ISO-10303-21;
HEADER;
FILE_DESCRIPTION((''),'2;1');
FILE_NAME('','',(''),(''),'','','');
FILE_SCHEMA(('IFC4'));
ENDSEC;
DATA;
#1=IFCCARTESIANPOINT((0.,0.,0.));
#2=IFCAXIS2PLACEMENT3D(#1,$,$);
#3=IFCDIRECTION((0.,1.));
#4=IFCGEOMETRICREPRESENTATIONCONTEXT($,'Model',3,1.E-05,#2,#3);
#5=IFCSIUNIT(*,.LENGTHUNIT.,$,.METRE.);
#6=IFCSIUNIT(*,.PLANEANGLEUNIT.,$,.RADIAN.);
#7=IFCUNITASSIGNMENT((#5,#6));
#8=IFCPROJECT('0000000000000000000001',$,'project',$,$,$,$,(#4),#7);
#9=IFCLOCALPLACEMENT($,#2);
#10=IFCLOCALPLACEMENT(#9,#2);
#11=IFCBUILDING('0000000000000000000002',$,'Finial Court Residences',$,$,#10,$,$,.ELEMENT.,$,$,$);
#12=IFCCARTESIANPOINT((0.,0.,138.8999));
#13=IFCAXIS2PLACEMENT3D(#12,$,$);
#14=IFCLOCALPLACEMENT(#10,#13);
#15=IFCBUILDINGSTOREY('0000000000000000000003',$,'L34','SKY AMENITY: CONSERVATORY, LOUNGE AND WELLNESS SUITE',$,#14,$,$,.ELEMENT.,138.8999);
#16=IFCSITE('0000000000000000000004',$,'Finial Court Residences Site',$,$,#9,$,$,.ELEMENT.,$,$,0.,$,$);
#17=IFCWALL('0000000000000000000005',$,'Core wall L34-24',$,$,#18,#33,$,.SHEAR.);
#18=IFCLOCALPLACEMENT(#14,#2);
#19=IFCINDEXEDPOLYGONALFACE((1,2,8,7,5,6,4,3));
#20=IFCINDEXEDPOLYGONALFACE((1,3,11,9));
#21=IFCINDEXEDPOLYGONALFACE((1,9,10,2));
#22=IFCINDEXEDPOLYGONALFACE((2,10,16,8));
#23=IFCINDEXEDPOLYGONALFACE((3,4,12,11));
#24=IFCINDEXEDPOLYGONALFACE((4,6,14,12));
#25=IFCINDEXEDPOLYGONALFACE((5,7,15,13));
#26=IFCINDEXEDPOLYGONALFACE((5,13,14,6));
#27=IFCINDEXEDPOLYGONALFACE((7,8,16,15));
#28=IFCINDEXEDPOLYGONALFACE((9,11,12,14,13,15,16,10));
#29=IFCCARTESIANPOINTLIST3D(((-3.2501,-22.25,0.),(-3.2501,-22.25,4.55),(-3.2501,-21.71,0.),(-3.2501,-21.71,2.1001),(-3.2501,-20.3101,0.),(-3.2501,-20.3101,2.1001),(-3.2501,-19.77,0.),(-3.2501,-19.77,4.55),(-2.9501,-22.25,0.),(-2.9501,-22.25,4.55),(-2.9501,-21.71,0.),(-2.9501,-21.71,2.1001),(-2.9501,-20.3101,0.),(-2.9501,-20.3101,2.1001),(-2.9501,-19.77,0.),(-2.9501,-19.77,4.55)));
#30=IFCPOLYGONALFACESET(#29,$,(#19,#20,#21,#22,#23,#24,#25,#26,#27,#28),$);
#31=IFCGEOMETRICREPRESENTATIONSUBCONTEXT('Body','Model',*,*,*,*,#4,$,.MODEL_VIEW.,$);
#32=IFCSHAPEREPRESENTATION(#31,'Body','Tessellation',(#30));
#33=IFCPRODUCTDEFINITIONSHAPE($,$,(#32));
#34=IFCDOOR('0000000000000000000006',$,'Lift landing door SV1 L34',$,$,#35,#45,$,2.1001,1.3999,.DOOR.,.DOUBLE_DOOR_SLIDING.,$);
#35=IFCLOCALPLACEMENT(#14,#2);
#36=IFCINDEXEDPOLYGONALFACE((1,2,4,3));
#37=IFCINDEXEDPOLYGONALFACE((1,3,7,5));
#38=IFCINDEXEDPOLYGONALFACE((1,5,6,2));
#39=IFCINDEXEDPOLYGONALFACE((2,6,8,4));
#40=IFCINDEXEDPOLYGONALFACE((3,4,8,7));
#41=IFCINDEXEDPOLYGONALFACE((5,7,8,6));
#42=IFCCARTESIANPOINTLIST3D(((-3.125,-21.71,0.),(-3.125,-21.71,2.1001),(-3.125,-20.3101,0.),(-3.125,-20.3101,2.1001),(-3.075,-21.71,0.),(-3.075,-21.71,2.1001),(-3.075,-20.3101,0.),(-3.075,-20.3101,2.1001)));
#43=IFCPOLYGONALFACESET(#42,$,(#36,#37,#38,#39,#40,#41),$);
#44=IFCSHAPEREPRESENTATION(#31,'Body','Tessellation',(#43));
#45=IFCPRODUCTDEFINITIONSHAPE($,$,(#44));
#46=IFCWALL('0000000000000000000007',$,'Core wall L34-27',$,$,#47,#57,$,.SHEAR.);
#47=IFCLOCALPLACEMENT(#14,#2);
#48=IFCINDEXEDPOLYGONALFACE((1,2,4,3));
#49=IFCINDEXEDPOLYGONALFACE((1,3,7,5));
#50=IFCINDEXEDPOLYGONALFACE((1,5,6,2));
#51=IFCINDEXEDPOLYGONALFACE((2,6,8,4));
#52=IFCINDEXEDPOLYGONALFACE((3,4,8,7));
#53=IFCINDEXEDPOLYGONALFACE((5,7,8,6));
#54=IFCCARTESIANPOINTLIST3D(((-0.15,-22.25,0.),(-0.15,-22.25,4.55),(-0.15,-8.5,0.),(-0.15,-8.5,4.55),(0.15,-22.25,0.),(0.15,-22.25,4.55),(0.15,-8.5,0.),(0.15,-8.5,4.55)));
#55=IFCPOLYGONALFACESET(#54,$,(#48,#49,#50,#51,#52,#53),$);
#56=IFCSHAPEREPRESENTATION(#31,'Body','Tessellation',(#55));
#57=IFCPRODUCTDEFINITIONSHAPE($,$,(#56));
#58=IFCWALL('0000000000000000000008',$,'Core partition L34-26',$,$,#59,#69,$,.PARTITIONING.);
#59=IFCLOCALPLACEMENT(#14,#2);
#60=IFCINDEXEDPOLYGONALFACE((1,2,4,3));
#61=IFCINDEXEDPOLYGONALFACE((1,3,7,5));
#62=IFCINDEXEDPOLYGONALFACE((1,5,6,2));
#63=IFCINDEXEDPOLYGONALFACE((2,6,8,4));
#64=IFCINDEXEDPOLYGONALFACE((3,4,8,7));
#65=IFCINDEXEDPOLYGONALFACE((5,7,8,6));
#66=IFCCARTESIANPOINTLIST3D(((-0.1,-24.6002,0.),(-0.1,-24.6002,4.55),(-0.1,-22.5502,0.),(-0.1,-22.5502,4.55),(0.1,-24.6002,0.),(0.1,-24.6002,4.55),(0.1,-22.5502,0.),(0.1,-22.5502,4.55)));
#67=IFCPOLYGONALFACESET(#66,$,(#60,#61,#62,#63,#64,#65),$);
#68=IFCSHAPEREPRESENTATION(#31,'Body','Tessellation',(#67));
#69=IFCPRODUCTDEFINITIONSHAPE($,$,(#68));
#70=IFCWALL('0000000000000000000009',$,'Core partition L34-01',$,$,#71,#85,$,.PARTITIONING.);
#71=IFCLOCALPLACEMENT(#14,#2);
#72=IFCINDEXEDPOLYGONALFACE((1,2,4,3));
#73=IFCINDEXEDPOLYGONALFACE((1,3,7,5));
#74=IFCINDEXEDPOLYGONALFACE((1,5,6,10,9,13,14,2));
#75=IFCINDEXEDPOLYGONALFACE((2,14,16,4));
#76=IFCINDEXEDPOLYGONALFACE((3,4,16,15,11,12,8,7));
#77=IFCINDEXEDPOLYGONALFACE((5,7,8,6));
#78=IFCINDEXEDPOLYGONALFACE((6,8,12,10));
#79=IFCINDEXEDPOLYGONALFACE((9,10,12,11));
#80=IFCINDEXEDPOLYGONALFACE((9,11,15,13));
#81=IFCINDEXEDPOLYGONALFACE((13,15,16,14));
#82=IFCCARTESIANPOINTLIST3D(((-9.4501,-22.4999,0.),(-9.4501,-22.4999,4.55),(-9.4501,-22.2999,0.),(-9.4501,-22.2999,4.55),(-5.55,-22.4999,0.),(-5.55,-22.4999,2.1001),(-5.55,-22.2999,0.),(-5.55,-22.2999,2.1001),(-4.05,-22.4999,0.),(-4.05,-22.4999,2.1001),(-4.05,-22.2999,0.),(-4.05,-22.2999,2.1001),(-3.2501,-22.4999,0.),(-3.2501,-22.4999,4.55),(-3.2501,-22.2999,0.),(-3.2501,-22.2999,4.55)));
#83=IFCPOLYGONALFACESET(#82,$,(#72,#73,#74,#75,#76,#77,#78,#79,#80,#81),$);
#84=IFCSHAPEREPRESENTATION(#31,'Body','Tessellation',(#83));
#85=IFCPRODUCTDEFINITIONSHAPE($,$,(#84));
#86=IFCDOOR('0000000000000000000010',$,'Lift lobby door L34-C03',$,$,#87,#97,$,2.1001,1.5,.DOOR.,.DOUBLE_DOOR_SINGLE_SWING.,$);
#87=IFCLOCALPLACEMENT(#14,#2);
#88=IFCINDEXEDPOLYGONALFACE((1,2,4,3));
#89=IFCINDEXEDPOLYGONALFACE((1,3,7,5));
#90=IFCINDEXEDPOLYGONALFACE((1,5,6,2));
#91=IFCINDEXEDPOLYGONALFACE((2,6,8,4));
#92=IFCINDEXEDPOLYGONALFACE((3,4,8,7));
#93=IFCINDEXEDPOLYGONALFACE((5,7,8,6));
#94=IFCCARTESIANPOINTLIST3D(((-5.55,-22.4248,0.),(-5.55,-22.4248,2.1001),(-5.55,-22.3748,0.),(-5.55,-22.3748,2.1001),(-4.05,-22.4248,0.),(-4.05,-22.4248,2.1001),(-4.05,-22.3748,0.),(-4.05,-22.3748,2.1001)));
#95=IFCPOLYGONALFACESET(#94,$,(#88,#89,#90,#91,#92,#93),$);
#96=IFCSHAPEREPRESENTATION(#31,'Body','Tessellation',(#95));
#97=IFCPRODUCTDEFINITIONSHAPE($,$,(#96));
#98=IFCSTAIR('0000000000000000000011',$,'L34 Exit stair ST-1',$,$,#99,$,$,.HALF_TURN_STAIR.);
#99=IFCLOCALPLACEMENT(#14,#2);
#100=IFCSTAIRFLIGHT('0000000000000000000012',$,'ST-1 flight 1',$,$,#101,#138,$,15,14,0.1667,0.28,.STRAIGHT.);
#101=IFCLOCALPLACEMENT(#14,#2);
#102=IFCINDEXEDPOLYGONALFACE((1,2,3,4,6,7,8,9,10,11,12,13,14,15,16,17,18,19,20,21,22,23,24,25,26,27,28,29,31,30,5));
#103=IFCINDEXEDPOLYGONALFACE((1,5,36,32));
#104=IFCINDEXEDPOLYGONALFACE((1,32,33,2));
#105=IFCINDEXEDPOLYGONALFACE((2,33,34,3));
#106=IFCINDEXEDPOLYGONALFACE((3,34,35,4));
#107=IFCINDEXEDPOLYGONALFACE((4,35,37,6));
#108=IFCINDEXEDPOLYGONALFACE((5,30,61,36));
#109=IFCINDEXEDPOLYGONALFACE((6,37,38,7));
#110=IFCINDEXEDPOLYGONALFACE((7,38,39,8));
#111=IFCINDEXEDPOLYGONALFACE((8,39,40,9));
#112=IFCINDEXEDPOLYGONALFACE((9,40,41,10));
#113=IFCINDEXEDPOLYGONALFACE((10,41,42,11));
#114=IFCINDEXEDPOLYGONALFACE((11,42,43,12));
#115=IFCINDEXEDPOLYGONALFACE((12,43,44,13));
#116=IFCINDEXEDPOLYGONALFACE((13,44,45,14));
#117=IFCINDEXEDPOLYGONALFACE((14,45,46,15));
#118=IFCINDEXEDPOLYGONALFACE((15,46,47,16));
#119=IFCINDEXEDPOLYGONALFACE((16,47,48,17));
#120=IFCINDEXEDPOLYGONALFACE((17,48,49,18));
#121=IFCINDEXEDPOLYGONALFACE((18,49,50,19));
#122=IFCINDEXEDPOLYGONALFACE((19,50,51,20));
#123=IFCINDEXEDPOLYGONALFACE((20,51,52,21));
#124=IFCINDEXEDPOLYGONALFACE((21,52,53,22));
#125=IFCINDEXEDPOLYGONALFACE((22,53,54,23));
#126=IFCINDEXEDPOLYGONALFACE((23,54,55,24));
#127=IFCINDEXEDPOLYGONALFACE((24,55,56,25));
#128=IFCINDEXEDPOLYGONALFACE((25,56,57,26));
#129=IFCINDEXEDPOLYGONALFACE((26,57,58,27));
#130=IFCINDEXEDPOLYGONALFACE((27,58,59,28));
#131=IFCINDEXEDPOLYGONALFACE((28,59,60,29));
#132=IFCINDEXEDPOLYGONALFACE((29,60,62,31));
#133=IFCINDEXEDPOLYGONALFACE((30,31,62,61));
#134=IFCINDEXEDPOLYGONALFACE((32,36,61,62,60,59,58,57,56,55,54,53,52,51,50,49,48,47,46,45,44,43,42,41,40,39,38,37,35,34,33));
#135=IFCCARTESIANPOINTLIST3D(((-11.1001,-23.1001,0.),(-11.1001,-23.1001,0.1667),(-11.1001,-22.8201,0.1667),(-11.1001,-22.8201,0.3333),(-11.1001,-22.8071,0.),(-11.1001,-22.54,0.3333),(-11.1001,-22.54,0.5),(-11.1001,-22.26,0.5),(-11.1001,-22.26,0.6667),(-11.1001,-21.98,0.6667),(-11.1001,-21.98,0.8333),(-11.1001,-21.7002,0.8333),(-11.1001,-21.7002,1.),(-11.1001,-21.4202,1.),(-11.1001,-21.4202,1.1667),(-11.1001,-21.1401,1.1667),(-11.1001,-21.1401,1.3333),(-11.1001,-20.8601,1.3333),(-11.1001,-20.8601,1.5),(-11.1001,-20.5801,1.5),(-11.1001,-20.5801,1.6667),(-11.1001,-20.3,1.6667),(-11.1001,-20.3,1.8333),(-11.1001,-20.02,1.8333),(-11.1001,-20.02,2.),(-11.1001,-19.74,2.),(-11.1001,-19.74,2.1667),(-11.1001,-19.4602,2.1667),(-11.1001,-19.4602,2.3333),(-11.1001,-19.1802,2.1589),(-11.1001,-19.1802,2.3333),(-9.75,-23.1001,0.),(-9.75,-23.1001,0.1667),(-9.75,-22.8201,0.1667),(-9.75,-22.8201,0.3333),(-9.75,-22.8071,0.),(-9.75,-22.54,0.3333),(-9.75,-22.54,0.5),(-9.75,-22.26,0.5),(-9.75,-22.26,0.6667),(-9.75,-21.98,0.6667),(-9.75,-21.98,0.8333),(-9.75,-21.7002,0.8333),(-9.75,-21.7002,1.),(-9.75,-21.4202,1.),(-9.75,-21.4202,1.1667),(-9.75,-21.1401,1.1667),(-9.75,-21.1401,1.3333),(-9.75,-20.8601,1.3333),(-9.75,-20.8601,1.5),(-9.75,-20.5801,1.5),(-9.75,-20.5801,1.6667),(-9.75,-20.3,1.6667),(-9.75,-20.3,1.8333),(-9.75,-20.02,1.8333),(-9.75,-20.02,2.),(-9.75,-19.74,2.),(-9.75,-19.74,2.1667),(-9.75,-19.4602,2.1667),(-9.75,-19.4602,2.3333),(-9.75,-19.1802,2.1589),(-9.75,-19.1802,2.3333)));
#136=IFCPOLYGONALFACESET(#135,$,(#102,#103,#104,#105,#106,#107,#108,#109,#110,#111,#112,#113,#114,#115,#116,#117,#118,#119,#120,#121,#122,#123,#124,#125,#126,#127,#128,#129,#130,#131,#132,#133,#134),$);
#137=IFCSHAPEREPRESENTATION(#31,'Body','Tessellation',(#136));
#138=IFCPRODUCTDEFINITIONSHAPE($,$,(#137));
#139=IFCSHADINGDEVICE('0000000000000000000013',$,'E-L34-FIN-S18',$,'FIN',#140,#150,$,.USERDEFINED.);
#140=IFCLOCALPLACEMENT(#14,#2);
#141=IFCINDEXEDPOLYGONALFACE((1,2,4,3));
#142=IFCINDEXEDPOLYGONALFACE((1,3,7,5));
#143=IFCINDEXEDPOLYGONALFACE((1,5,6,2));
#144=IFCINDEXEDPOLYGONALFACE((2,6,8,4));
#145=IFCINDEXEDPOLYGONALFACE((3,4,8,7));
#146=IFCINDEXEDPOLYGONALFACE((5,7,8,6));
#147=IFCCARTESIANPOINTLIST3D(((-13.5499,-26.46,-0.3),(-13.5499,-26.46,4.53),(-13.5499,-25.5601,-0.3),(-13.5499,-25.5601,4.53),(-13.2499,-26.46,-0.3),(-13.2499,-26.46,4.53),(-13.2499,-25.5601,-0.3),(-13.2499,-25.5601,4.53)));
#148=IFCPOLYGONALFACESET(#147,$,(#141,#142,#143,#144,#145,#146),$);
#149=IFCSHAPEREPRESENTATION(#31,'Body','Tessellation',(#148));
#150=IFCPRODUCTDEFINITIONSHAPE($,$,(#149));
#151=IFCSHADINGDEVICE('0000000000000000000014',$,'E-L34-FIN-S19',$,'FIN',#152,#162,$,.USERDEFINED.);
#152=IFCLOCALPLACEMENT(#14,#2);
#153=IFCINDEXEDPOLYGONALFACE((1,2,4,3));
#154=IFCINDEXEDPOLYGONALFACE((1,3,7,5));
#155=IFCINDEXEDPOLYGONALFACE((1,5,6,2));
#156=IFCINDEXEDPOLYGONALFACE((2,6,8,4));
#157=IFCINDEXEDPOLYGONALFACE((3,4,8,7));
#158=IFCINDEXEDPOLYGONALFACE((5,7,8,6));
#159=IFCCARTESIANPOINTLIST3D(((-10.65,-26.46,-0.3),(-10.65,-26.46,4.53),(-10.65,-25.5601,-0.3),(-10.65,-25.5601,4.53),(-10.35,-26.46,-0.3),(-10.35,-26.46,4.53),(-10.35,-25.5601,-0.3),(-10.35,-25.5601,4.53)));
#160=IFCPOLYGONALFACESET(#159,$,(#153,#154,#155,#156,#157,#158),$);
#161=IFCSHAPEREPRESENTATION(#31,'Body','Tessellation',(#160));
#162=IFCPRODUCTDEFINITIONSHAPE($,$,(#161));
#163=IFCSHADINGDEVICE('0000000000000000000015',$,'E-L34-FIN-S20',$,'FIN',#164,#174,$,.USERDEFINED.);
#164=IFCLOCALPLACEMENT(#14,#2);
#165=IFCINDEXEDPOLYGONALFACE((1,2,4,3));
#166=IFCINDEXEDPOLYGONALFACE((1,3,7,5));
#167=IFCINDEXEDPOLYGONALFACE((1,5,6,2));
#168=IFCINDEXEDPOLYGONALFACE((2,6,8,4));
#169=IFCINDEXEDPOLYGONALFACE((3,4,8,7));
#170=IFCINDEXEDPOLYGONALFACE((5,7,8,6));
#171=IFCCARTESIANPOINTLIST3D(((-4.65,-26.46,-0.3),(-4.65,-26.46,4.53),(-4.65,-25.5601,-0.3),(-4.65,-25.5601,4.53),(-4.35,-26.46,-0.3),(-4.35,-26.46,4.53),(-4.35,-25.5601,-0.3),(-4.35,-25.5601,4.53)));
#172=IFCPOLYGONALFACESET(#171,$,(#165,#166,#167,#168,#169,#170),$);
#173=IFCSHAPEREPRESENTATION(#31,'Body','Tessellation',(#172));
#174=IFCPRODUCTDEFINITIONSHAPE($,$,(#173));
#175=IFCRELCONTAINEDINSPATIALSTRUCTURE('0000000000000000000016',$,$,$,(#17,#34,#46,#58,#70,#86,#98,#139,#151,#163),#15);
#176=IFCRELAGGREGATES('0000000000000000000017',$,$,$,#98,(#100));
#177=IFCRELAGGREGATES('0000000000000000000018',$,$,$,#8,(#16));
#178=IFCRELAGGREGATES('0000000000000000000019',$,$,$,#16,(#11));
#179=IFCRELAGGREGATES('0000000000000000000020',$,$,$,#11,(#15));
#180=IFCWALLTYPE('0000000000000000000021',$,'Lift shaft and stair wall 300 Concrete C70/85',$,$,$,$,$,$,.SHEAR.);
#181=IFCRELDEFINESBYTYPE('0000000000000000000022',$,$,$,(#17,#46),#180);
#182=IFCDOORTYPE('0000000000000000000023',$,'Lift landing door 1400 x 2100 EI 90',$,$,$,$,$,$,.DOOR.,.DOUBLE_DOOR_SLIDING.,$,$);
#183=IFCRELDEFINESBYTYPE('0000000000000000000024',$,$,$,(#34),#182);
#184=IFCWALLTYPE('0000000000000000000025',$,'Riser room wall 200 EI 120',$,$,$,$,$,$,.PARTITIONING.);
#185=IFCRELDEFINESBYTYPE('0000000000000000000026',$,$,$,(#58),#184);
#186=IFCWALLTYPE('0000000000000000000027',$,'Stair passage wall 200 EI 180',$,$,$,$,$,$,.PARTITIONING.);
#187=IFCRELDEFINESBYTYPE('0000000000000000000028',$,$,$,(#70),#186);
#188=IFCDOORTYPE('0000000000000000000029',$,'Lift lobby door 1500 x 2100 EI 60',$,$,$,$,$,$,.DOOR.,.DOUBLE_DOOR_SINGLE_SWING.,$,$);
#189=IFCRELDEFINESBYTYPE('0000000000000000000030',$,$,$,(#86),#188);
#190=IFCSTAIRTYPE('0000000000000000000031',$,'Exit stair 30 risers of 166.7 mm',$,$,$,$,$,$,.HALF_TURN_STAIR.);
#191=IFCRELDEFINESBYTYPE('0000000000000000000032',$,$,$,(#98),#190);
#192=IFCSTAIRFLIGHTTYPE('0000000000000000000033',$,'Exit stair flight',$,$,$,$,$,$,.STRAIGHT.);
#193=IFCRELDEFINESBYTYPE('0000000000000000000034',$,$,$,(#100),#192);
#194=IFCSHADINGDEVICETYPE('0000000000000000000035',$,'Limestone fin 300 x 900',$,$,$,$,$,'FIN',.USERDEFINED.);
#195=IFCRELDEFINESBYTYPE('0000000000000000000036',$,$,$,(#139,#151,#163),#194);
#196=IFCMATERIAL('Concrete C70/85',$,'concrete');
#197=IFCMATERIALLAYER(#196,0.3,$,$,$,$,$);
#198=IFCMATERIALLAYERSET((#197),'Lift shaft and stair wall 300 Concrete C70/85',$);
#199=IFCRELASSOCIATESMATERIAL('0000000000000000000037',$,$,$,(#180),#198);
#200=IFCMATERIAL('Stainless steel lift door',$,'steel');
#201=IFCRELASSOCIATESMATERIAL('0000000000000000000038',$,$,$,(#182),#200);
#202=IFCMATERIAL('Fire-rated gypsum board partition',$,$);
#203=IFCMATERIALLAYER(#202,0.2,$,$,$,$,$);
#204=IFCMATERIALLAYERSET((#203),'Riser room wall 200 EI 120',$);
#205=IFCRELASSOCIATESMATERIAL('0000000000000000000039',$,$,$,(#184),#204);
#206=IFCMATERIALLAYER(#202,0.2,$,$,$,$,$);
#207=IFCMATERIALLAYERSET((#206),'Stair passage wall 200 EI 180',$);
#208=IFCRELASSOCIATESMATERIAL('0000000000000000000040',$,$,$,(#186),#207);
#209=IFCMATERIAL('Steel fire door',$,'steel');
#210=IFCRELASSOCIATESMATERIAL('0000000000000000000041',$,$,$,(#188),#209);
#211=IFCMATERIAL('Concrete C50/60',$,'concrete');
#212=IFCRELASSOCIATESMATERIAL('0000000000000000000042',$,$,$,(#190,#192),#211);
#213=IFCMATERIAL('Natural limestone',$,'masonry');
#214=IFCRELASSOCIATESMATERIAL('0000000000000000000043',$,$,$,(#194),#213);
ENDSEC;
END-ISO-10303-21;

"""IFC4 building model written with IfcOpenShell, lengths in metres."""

from ifc_helpers import new_model, si_unit, direction, frame, frame_2d, origin, origin_2d, place, context, subcontext, project, spatial, polyline, rectangle, outline, extrude, material, layer, layer_set, type_object, element, fill, aggregate, save


model = new_model("IFC4")

# Units and contexts
model_context = context("Model", 3, precision=1e-05, world=origin(), true_north=direction((0.0, 1.0)))
body_context = subcontext(model_context, "Body", "Model", "MODEL_VIEW")
ifc_project = project(units=[si_unit("LENGTHUNIT", "METRE"), si_unit("PLANEANGLEUNIT", "RADIAN")], contexts=[model_context])

# Site, building, storey
site_placement = place(None, origin())
site = spatial("IfcSite", under=ifc_project, at=site_placement, Name="Finial Court Residences Site", CompositionType="ELEMENT", RefElevation=0.0)
building_placement = place(site_placement, origin())
building = spatial("IfcBuilding", under=site, at=building_placement, Name="Finial Court Residences", CompositionType="ELEMENT")
storey_placement = place(building_placement, frame((0.0, 0.0, 138.8999)))
storey = spatial("IfcBuildingStorey", under=building, at=storey_placement, Name="L34", Description="SKY AMENITY: CONSERVATORY, LOUNGE AND WELLNESS SUITE", CompositionType="ELEMENT", Elevation=138.8999)

# Shared definitions
ifc_material_1 = material(Name="Concrete C70/85", Category="concrete")

# Shared definitions
ifc_material_2 = material(Name="Fire-rated gypsum board partition")
ifc_material_3 = material(Name="Steel fire door", Category="steel")

# Shared definitions
ifc_layer_1 = layer(ifc_material_1, 0.3)
ifc_layer_set_1 = layer_set([ifc_layer_1], Name="Lift shaft and stair wall 300 Concrete C70/85")
wall_type_1 = type_object("IfcWallType", Name="Lift shaft and stair wall 300 Concrete C70/85", PredefinedType="SHEAR", material=ifc_layer_set_1)

# Wall, opening, door
wall_1_placement = place(storey_placement, frame((-3.1001, -22.25, 0.0), z_axis=(0.0, 0.0, 1.0), x_axis=(0.0, 1.0, 0.0)))
wall_1 = element("IfcWall", 1, at=wall_1_placement, inside=storey, type_object=wall_type_1, Name="Core wall L34-24", PredefinedType="SHEAR", context=body_context, shape_type="SweptSolid", body=[
    extrude(rectangle(XDim=2.48, YDim=0.3, at=frame_2d((1.24, 0.0))), origin(), (0.0, 0.0, 1.0), 4.55),
])
opening_1_placement = place(wall_1_placement, frame((0.54, 0.0, 0.0)))
opening_1 = element("IfcOpeningElement", 2, at=opening_1_placement, cuts=wall_1, PredefinedType="OPENING", context=body_context, shape_type="SweptSolid", body=[
    extrude(rectangle(XDim=1.3999, YDim=2.1001, at=frame_2d((0.7, 1.05))), frame((0.0, 0.1599, 0.0), z_axis=(0.0, -1.0, 0.0), x_axis=(1.0, 0.0, 0.0)), (0.0, 0.0, 1.0), 0.3201),
])
ifc_material_4 = material(Name="Stainless steel lift door", Category="steel")
door_type_1 = type_object("IfcDoorType", Name="Lift landing door 1400 x 2100 EI 90", OperationType="DOUBLE_DOOR_SLIDING", PredefinedType="DOOR", material=ifc_material_4)
door_1_placement = place(opening_1_placement, origin())
door_1 = element("IfcDoor", 3, at=door_1_placement, inside=storey, type_object=door_type_1, Name="Lift landing door SV1 L34", OperationType="DOUBLE_DOOR_SLIDING", OverallHeight=2.1001, OverallWidth=1.3999, PredefinedType="DOOR", context=body_context, shape_type="SweptSolid", body=[
    extrude(rectangle(XDim=1.3999, YDim=2.1001, at=frame_2d((0.7, 1.05))), frame((0.0, 0.0249, 0.0), z_axis=(0.0, -1.0, 0.0), x_axis=(1.0, 0.0, 0.0)), (0.0, 0.0, 1.0), 0.05),
])
fill(opening_1, door_1)

# Walls
wall_2_placement = place(storey_placement, frame((0.0, -22.25, 0.0), z_axis=(0.0, 0.0, 1.0), x_axis=(0.0, 1.0, 0.0)))
element("IfcWall", 4, at=wall_2_placement, inside=storey, type_object=wall_type_1, Name="Core wall L34-27", PredefinedType="SHEAR", context=body_context, shape_type="SweptSolid", body=[
    extrude(rectangle(XDim=13.75, YDim=0.3, at=frame_2d((6.875, 0.0))), origin(), (0.0, 0.0, 1.0), 4.55),
])
ifc_layer_2 = layer(ifc_material_2, 0.2)
ifc_layer_set_2 = layer_set([ifc_layer_2], Name="Riser room wall 200 EI 120")
wall_type_2 = type_object("IfcWallType", Name="Riser room wall 200 EI 120", PredefinedType="PARTITIONING", material=ifc_layer_set_2)
wall_3_placement = place(storey_placement, frame((0.0, -24.6001, 0.0), z_axis=(0.0, 0.0, 1.0), x_axis=(0.0, 1.0, 0.0)))
element("IfcWall", 5, at=wall_3_placement, inside=storey, type_object=wall_type_2, Name="Core partition L34-26", PredefinedType="PARTITIONING", context=body_context, shape_type="SweptSolid", body=[
    extrude(rectangle(XDim=2.05, YDim=0.2, at=frame_2d((1.0249, 0.0))), origin(), (0.0, 0.0, 1.0), 4.55),
])

# Wall, opening, door
ifc_layer_3 = layer(ifc_material_2, 0.2)
ifc_layer_set_3 = layer_set([ifc_layer_3], Name="Stair passage wall 200 EI 180")
wall_type_3 = type_object("IfcWallType", Name="Stair passage wall 200 EI 180", PredefinedType="PARTITIONING", material=ifc_layer_set_3)
wall_4_placement = place(storey_placement, frame((-3.25, -22.3999, 0.0), z_axis=(0.0, 0.0, 1.0), x_axis=(-1.0, 0.0, 0.0)))
wall_4 = element("IfcWall", 6, at=wall_4_placement, inside=storey, type_object=wall_type_3, Name="Core partition L34-01", PredefinedType="PARTITIONING", context=body_context, shape_type="SweptSolid", body=[
    extrude(rectangle(XDim=6.2, YDim=0.2, at=frame_2d((3.1001, 0.0))), origin(), (0.0, 0.0, 1.0), 4.55),
])
opening_2_placement = place(wall_4_placement, frame((0.8, 0.0, 0.0)))
opening_2 = element("IfcOpeningElement", 7, at=opening_2_placement, cuts=wall_4, PredefinedType="OPENING", context=body_context, shape_type="SweptSolid", body=[
    extrude(rectangle(XDim=1.5, YDim=2.1001, at=frame_2d((0.75, 1.05))), frame((0.0, 0.1099, 0.0), z_axis=(0.0, -1.0, 0.0), x_axis=(1.0, 0.0, 0.0)), (0.0, 0.0, 1.0), 0.22),
])
door_type_2 = type_object("IfcDoorType", Name="Lift lobby door 1500 x 2100 EI 60", OperationType="DOUBLE_DOOR_SINGLE_SWING", PredefinedType="DOOR", material=ifc_material_3)
door_2_placement = place(opening_2_placement, origin())
door_2 = element("IfcDoor", 8, at=door_2_placement, inside=storey, type_object=door_type_2, Name="Lift lobby door L34-C03", OperationType="DOUBLE_DOOR_SINGLE_SWING", OverallHeight=2.1001, OverallWidth=1.5, PredefinedType="DOOR", context=body_context, shape_type="SweptSolid", body=[
    extrude(rectangle(XDim=1.5, YDim=2.1001, at=frame_2d((0.75, 1.05))), frame((0.0, 0.0249, 0.0), z_axis=(0.0, -1.0, 0.0), x_axis=(1.0, 0.0, 0.0)), (0.0, 0.0, 1.0), 0.05),
])
fill(opening_2, door_2)

# Stair, stair flight
ifc_material_5 = material(Name="Concrete C50/60", Category="concrete")
stair_type = type_object("IfcStairType", Name="Exit stair 30 risers of 166.7 mm", PredefinedType="HALF_TURN_STAIR", material=ifc_material_5)
stair_placement = place(storey_placement, origin())
stair = element("IfcStair", 9, at=stair_placement, inside=storey, type_object=stair_type, Name="L34 Exit stair ST-1", PredefinedType="HALF_TURN_STAIR")
stair_flight_type = type_object("IfcStairFlightType", Name="Exit stair flight", PredefinedType="STRAIGHT", material=ifc_material_5)
stair_flight_placement = place(storey_placement, frame((-10.425, -23.1001, 0.0), z_axis=(0.0, 0.0, 1.0), x_axis=(0.0, 1.0, 0.0)))
stair_flight = element("IfcStairFlight", 10, at=stair_flight_placement, type_object=stair_flight_type, Name="ST-1 flight 1", NumberOfRisers=15, NumberOfTreads=14, PredefinedType="STRAIGHT", RiserHeight=0.1667, TreadLength=0.28, context=body_context, shape_type="SweptSolid", body=[
    extrude(outline(polyline([(0.0, 0.0), (0.0, 0.1667), (0.28, 0.1667), (0.28, 0.3333), (0.5601, 0.3333), (0.5601, 0.5), (0.8401, 0.5), (0.8401, 0.6667), (1.1201, 0.6667), (1.1201, 0.8333), (1.3999, 0.8333), (1.3999, 1.0), (1.6799, 1.0), (1.6799, 1.1667), (1.96, 1.1667), (1.96, 1.3333), (2.24, 1.3333), (2.24, 1.5), (2.52, 1.5), (2.52, 1.6667), (2.8, 1.6667), (2.8, 1.8333), (3.0801, 1.8333), (3.0801, 2.0), (3.3601, 2.0), (3.3601, 2.1667), (3.6399, 2.1667), (3.6399, 2.3333), (3.9199, 2.3333), (3.9199, 2.5), (3.9199, 2.1589), (0.293, 0.0), (0.0, 0.0)])), frame((0.0, 0.675, 0.0), z_axis=(0.0, -1.0, 0.0), x_axis=(1.0, 0.0, 0.0)), (0.0, 0.0, 1.0), 1.3501),
])
aggregate(stair, [stair_flight])

# Shading devices
ifc_material_6 = material(Name="Natural limestone", Category="masonry")
shading_device_type = type_object("IfcShadingDeviceType", Name="Limestone fin 300 x 900", ElementType="FIN", PredefinedType="USERDEFINED", material=ifc_material_6)
for number, where, z_axis, x_axis, name in (
    (11, (-13.3999, -26.01, -0.3), (0.0, 0.0, 1.0), (1.0, 0.0, 0.0), "E-L34-FIN-S18"),
    (12, (-10.5, -26.01, -0.3), (0.0, 0.0, 1.0), (1.0, 0.0, 0.0), "E-L34-FIN-S19"),
    (13, (-4.5, -26.01, -0.3), (0.0, 0.0, 1.0), (1.0, 0.0, 0.0), "E-L34-FIN-S20"),
):
    element("IfcShadingDevice", number, at=place(storey_placement, frame(where, z_axis=z_axis, x_axis=x_axis)), inside=storey, type_object=shading_device_type, Name=name, ObjectType="FIN", PredefinedType="USERDEFINED", context=body_context, shape_type="SweptSolid", body=[
        extrude(rectangle(XDim=0.3, YDim=0.8999, at=origin_2d()), origin(), (0.0, 0.0, 1.0), 4.8301),
    ])

save(model, "model.ifc")
